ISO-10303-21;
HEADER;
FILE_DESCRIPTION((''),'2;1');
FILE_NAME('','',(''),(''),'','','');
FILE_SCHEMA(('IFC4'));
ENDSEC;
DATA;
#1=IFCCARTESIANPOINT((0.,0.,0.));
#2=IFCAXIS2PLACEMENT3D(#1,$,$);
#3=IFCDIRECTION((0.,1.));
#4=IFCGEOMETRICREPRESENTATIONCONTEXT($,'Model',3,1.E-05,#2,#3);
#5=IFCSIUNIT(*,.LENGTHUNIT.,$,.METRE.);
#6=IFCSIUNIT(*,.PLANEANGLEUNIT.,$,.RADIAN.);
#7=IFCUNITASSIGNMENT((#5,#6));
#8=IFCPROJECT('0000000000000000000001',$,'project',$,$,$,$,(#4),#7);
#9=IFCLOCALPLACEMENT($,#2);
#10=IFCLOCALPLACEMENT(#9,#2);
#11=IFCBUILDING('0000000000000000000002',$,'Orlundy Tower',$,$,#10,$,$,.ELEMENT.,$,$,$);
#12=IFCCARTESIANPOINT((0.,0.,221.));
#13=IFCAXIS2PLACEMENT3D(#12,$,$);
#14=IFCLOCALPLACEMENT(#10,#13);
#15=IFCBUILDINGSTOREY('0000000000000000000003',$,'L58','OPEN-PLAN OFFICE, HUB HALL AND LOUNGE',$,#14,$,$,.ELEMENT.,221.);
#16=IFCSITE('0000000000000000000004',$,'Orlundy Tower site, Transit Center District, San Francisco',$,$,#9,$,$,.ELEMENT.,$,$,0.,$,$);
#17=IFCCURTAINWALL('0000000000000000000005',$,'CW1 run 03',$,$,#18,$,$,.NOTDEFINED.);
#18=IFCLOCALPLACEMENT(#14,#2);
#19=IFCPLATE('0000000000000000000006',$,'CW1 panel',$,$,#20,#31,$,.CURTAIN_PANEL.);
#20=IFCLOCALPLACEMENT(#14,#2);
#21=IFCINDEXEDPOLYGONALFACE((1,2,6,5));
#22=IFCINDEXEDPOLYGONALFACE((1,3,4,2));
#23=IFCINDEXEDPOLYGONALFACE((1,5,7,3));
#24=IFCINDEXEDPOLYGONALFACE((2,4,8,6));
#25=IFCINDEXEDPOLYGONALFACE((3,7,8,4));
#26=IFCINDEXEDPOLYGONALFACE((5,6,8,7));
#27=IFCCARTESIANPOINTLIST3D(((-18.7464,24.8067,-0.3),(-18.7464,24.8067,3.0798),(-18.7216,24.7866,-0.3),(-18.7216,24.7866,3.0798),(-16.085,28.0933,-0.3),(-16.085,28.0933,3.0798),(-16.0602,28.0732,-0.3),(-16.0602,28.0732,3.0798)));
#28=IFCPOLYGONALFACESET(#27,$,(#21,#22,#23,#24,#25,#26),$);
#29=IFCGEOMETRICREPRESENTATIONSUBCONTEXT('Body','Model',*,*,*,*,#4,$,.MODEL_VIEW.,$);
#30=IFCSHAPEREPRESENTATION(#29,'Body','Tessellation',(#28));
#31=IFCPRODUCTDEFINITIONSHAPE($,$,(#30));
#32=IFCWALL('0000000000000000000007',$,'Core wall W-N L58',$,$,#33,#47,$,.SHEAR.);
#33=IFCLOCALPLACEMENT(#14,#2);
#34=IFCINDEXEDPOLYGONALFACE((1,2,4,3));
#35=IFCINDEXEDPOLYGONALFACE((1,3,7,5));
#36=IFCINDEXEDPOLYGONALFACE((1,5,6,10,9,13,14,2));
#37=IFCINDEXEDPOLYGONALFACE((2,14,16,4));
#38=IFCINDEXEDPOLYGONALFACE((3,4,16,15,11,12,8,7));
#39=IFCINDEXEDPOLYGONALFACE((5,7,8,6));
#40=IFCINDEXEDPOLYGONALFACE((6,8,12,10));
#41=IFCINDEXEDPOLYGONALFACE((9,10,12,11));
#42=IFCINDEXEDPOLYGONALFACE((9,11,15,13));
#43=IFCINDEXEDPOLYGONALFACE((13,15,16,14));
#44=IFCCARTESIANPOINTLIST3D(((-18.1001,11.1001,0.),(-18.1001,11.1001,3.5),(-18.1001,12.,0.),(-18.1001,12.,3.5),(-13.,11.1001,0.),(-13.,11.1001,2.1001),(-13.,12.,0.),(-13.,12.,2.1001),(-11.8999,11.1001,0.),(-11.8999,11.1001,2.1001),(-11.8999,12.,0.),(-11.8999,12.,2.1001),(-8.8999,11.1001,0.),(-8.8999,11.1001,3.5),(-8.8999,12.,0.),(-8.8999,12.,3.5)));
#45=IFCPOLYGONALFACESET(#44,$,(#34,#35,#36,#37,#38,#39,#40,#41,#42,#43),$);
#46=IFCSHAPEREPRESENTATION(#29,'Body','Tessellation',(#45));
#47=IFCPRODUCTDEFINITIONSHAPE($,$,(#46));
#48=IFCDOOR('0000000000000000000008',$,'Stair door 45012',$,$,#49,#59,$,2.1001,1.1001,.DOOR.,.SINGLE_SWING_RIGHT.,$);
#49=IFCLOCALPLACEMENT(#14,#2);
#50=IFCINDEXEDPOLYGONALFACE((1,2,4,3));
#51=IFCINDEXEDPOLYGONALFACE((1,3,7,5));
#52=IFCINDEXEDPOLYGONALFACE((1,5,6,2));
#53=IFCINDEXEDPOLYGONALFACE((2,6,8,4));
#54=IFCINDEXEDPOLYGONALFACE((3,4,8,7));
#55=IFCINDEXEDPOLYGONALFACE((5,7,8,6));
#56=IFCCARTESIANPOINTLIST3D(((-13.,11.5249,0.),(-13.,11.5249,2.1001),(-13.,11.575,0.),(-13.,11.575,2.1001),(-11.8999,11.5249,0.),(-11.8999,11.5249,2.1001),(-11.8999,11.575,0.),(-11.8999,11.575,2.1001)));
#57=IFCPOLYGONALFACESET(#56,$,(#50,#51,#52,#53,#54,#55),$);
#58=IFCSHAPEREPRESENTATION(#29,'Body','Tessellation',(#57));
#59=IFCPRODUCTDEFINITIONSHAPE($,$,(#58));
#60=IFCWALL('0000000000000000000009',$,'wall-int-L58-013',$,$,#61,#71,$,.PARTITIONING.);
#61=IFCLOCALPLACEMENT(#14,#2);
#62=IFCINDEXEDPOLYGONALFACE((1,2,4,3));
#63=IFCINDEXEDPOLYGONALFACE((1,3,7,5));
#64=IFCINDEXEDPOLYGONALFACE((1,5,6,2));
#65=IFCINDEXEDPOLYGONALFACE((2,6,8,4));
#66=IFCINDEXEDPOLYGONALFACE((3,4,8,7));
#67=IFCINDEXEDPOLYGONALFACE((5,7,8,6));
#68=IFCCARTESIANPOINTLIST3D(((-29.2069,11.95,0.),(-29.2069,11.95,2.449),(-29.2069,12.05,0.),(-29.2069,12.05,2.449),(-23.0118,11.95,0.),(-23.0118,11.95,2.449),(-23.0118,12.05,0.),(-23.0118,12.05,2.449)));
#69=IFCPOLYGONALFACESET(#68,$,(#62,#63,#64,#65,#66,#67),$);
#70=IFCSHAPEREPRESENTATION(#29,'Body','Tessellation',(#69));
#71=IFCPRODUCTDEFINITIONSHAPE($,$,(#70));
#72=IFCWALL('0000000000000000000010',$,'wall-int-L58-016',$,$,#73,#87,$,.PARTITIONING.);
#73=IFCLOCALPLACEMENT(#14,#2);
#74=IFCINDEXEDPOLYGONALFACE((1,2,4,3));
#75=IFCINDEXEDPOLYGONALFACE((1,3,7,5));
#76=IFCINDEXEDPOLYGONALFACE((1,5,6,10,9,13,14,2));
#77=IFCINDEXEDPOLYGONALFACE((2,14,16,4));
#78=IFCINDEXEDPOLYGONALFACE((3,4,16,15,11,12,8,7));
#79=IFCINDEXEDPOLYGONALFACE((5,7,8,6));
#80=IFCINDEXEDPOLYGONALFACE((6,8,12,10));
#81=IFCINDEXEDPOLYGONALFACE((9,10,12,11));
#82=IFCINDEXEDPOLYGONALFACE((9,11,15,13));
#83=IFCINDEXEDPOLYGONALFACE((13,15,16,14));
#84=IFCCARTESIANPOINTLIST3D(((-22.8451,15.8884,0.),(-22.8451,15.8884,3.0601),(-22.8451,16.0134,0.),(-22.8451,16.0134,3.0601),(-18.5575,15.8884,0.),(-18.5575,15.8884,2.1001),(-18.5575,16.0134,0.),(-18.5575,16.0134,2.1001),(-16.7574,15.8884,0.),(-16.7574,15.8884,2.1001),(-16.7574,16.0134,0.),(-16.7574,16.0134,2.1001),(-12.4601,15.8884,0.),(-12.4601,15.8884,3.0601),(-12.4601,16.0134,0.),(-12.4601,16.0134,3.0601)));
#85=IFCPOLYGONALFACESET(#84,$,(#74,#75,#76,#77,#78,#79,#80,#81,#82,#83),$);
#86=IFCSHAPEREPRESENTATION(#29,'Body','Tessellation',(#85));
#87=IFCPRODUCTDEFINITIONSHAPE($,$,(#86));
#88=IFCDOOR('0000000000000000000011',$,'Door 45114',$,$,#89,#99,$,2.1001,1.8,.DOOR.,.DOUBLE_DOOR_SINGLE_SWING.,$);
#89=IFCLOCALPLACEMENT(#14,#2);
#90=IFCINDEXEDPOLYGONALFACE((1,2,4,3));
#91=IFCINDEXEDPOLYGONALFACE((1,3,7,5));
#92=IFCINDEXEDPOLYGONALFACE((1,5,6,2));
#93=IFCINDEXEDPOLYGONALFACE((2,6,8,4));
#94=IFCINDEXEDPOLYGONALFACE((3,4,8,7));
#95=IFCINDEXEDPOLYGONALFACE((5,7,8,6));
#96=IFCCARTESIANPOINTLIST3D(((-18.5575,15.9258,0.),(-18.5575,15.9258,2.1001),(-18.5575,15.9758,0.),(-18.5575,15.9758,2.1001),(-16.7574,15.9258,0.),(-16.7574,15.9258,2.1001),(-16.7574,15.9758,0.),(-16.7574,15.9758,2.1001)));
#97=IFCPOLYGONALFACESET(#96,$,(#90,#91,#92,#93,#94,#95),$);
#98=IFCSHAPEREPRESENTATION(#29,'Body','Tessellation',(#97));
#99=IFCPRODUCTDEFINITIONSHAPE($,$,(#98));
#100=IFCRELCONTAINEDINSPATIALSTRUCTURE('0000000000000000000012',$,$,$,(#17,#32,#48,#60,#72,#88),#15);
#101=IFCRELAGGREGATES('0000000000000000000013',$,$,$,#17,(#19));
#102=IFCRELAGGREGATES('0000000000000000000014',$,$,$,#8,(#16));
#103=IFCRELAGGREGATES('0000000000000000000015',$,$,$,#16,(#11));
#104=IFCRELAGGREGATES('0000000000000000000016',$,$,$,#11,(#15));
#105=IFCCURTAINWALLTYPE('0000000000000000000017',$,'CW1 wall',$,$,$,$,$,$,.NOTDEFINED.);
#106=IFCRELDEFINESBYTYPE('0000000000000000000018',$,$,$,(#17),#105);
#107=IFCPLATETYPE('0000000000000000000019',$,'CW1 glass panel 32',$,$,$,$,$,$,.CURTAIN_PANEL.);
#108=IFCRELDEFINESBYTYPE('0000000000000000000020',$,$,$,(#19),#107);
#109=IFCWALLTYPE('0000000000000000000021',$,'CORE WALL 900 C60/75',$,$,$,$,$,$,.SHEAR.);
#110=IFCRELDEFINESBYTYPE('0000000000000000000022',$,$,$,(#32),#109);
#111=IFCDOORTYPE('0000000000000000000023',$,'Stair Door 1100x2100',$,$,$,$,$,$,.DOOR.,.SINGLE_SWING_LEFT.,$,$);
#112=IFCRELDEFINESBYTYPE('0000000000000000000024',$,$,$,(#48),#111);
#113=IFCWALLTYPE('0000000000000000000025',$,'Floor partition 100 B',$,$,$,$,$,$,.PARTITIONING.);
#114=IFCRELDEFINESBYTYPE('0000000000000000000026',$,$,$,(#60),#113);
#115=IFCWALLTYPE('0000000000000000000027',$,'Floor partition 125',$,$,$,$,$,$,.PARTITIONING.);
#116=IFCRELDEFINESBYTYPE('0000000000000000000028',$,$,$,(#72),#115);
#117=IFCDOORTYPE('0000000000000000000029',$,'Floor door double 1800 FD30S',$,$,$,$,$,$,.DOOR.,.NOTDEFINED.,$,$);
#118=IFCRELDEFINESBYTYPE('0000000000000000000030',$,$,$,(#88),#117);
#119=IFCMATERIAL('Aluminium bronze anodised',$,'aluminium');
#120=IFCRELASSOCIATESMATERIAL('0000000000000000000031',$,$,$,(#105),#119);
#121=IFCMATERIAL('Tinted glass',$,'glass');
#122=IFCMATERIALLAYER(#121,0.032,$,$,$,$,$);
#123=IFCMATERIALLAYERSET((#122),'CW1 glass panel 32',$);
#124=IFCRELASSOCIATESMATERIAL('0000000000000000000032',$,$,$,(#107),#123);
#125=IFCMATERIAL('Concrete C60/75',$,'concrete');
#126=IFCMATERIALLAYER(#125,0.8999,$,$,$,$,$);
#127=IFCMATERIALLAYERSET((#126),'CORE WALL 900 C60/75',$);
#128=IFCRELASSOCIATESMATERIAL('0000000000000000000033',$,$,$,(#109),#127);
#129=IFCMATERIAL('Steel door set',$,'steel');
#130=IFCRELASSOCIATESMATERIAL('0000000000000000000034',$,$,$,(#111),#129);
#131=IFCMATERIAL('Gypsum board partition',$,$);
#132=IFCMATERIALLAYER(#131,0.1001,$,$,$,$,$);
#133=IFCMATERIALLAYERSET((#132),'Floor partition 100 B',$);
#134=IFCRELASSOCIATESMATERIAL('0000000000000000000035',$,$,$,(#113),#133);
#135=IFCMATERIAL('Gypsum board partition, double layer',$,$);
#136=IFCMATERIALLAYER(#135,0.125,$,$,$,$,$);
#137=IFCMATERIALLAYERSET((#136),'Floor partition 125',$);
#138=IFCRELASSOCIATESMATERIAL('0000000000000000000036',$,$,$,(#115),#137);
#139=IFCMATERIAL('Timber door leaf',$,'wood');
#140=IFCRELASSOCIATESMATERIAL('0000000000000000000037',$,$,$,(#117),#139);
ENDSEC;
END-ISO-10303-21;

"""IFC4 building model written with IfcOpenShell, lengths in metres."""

from ifc_helpers import new_model, si_unit, direction, frame, frame_2d, origin, origin_2d, place, context, subcontext, project, spatial, rectangle, extrude, material, layer, layer_set, type_object, element, fill, aggregate, save


model = new_model("IFC4")

# Units and contexts
model_context = context("Model", 3, precision=1e-05, world=origin(), true_north=direction((0.0, 1.0)))
body_context = subcontext(model_context, "Body", "Model", "MODEL_VIEW")
ifc_project = project(units=[si_unit("LENGTHUNIT", "METRE"), si_unit("PLANEANGLEUNIT", "RADIAN")], contexts=[model_context])

# Site, building, storey
site_placement = place(None, origin())
site = spatial("IfcSite", under=ifc_project, at=site_placement, Name="Orlundy Tower site, Transit Center District, San Francisco", CompositionType="ELEMENT", RefElevation=0.0)
building_placement = place(site_placement, origin())
building = spatial("IfcBuilding", under=site, at=building_placement, Name="Orlundy Tower", CompositionType="ELEMENT")
storey_placement = place(building_placement, frame((0.0, 0.0, 221.0)))
storey = spatial("IfcBuildingStorey", under=building, at=storey_placement, Name="L58", Description="OPEN-PLAN OFFICE, HUB HALL AND LOUNGE", CompositionType="ELEMENT", Elevation=221.0)

# Shared definitions
ifc_material_1 = material(Name="Aluminium bronze anodised", Category="aluminium")
curtain_wall_type = type_object("IfcCurtainWallType", Name="CW1 wall", PredefinedType="NOTDEFINED", material=ifc_material_1)

# Curtain wall
curtain_wall_1_placement = place(storey_placement, origin())
curtain_wall_1 = element("IfcCurtainWall", 1, at=curtain_wall_1_placement, inside=storey, type_object=curtain_wall_type, Name="CW1 run 03", PredefinedType="NOTDEFINED")

# Plate
ifc_material_2 = material(Name="Tinted glass", Category="glass")
ifc_layer_1 = layer(ifc_material_2, 0.032)
ifc_layer_set_1 = layer_set([ifc_layer_1], Name="CW1 glass panel 32")
plate_type = type_object("IfcPlateType", Name="CW1 glass panel 32", PredefinedType="CURTAIN_PANEL", material=ifc_layer_set_1)
plate_1_placement = place(storey_placement, frame((-17.4033, 26.4399, -0.3), z_axis=(0.0, 0.0, 1.0), x_axis=(0.629321, 0.777146, 0.0)))
plate_1 = element("IfcPlate", 2, at=plate_1_placement, type_object=plate_type, Name="CW1 panel", PredefinedType="CURTAIN_PANEL", context=body_context, shape_type="SweptSolid", body=[
    extrude(rectangle(XDim=4.229, YDim=0.032, at=origin_2d()), origin(), (0.0, 0.0, 1.0), 3.3799),
])
aggregate(curtain_wall_1, [plate_1])

# Wall, opening, door
ifc_material_3 = material(Name="Concrete C60/75", Category="concrete")
ifc_layer_2 = layer(ifc_material_3, 0.8999)
ifc_layer_set_2 = layer_set([ifc_layer_2], Name="CORE WALL 900 C60/75")
wall_type_1 = type_object("IfcWallType", Name="CORE WALL 900 C60/75", PredefinedType="SHEAR", material=ifc_layer_set_2)
wall_1_placement = place(storey_placement, frame((-18.1001, 11.55, 0.0), z_axis=(0.0, 0.0, 1.0), x_axis=(1.0, 0.0, 0.0)))
wall_1 = element("IfcWall", 3, at=wall_1_placement, inside=storey, type_object=wall_type_1, Name="Core wall W-N L58", PredefinedType="SHEAR", context=body_context, shape_type="SweptSolid", body=[
    extrude(rectangle(XDim=9.2002, YDim=0.8999, at=frame_2d((4.6001, 0.0))), origin(), (0.0, 0.0, 1.0), 3.5),
])
opening_1_placement = place(wall_1_placement, frame((5.1001, 0.0, 0.0)))
opening_1 = element("IfcOpeningElement", 4, at=opening_1_placement, cuts=wall_1, PredefinedType="OPENING", context=body_context, shape_type="SweptSolid", body=[
    extrude(rectangle(XDim=1.1001, YDim=2.1001, at=frame_2d((0.55, 1.05))), frame((0.0, 0.46, 0.0), z_axis=(0.0, -1.0, 0.0), x_axis=(1.0, 0.0, 0.0)), (0.0, 0.0, 1.0), 0.9199),
])
ifc_material_4 = material(Name="Steel door set", Category="steel")
door_type_1 = type_object("IfcDoorType", Name="Stair Door 1100x2100", OperationType="SINGLE_SWING_LEFT", PredefinedType="DOOR", material=ifc_material_4)
door_1_placement = place(opening_1_placement, origin())
door_1 = element("IfcDoor", 5, at=door_1_placement, inside=storey, type_object=door_type_1, Name="Stair door 45012", OperationType="SINGLE_SWING_RIGHT", OverallHeight=2.1001, OverallWidth=1.1001, PredefinedType="DOOR", context=body_context, shape_type="SweptSolid", body=[
    extrude(rectangle(XDim=1.1001, YDim=2.1001, at=frame_2d((0.55, 1.05))), frame((0.0, 0.0249, 0.0), z_axis=(0.0, -1.0, 0.0), x_axis=(1.0, 0.0, 0.0)), (0.0, 0.0, 1.0), 0.05),
])
fill(opening_1, door_1)

# Wall
ifc_material_5 = material(Name="Gypsum board partition")
ifc_layer_3 = layer(ifc_material_5, 0.1001)
ifc_layer_set_3 = layer_set([ifc_layer_3], Name="Floor partition 100 B")
wall_type_2 = type_object("IfcWallType", Name="Floor partition 100 B", PredefinedType="PARTITIONING", material=ifc_layer_set_3)
wall_2_placement = place(storey_placement, frame((-29.207, 12.0, 0.0), z_axis=(0.0, 0.0, 1.0), x_axis=(1.0, 0.0, 0.0)))
element("IfcWall", 6, at=wall_2_placement, inside=storey, type_object=wall_type_2, Name="wall-int-L58-013", PredefinedType="PARTITIONING", context=body_context, shape_type="SweptSolid", body=[
    extrude(rectangle(XDim=6.1951, YDim=0.1001, at=frame_2d((3.0977, 0.0))), origin(), (0.0, 0.0, 1.0), 2.449),
])

# Wall, opening, door
ifc_material_6 = material(Name="Gypsum board partition, double layer")
ifc_layer_4 = layer(ifc_material_6, 0.125)
ifc_layer_set_4 = layer_set([ifc_layer_4], Name="Floor partition 125")
wall_type_3 = type_object("IfcWallType", Name="Floor partition 125", PredefinedType="PARTITIONING", material=ifc_layer_set_4)
wall_3_placement = place(storey_placement, frame((-22.845, 15.9509, 0.0), z_axis=(0.0, 0.0, 1.0), x_axis=(1.0, 0.0, 0.0)))
wall_3 = element("IfcWall", 7, at=wall_3_placement, inside=storey, type_object=wall_type_3, Name="wall-int-L58-016", PredefinedType="PARTITIONING", context=body_context, shape_type="SweptSolid", body=[
    extrude(rectangle(XDim=10.385, YDim=0.125, at=frame_2d((5.1924, 0.0))), origin(), (0.0, 0.0, 1.0), 3.0601),
])
opening_2_placement = place(wall_3_placement, frame((4.2876, 0.0, 0.0)))
opening_2 = element("IfcOpeningElement", 8, at=opening_2_placement, cuts=wall_3, PredefinedType="OPENING", context=body_context, shape_type="SweptSolid", body=[
    extrude(rectangle(XDim=1.8, YDim=2.1001, at=frame_2d((0.8999, 1.05))), frame((0.0, 0.0725, 0.0), z_axis=(0.0, -1.0, 0.0), x_axis=(1.0, 0.0, 0.0)), (0.0, 0.0, 1.0), 0.145),
])
ifc_material_7 = material(Name="Timber door leaf", Category="wood")
door_type_2 = type_object("IfcDoorType", Name="Floor door double 1800 FD30S", OperationType="NOTDEFINED", PredefinedType="DOOR", material=ifc_material_7)
door_2_placement = place(opening_2_placement, origin())
door_2 = element("IfcDoor", 9, at=door_2_placement, inside=storey, type_object=door_type_2, Name="Door 45114", OperationType="DOUBLE_DOOR_SINGLE_SWING", OverallHeight=2.1001, OverallWidth=1.8, PredefinedType="DOOR", context=body_context, shape_type="SweptSolid", body=[
    extrude(rectangle(XDim=1.8, YDim=2.1001, at=frame_2d((0.8999, 1.05))), frame((0.0, 0.0249, 0.0), z_axis=(0.0, -1.0, 0.0), x_axis=(1.0, 0.0, 0.0)), (0.0, 0.0, 1.0), 0.05),
])
fill(opening_2, door_2)

save(model, "model.ifc")
